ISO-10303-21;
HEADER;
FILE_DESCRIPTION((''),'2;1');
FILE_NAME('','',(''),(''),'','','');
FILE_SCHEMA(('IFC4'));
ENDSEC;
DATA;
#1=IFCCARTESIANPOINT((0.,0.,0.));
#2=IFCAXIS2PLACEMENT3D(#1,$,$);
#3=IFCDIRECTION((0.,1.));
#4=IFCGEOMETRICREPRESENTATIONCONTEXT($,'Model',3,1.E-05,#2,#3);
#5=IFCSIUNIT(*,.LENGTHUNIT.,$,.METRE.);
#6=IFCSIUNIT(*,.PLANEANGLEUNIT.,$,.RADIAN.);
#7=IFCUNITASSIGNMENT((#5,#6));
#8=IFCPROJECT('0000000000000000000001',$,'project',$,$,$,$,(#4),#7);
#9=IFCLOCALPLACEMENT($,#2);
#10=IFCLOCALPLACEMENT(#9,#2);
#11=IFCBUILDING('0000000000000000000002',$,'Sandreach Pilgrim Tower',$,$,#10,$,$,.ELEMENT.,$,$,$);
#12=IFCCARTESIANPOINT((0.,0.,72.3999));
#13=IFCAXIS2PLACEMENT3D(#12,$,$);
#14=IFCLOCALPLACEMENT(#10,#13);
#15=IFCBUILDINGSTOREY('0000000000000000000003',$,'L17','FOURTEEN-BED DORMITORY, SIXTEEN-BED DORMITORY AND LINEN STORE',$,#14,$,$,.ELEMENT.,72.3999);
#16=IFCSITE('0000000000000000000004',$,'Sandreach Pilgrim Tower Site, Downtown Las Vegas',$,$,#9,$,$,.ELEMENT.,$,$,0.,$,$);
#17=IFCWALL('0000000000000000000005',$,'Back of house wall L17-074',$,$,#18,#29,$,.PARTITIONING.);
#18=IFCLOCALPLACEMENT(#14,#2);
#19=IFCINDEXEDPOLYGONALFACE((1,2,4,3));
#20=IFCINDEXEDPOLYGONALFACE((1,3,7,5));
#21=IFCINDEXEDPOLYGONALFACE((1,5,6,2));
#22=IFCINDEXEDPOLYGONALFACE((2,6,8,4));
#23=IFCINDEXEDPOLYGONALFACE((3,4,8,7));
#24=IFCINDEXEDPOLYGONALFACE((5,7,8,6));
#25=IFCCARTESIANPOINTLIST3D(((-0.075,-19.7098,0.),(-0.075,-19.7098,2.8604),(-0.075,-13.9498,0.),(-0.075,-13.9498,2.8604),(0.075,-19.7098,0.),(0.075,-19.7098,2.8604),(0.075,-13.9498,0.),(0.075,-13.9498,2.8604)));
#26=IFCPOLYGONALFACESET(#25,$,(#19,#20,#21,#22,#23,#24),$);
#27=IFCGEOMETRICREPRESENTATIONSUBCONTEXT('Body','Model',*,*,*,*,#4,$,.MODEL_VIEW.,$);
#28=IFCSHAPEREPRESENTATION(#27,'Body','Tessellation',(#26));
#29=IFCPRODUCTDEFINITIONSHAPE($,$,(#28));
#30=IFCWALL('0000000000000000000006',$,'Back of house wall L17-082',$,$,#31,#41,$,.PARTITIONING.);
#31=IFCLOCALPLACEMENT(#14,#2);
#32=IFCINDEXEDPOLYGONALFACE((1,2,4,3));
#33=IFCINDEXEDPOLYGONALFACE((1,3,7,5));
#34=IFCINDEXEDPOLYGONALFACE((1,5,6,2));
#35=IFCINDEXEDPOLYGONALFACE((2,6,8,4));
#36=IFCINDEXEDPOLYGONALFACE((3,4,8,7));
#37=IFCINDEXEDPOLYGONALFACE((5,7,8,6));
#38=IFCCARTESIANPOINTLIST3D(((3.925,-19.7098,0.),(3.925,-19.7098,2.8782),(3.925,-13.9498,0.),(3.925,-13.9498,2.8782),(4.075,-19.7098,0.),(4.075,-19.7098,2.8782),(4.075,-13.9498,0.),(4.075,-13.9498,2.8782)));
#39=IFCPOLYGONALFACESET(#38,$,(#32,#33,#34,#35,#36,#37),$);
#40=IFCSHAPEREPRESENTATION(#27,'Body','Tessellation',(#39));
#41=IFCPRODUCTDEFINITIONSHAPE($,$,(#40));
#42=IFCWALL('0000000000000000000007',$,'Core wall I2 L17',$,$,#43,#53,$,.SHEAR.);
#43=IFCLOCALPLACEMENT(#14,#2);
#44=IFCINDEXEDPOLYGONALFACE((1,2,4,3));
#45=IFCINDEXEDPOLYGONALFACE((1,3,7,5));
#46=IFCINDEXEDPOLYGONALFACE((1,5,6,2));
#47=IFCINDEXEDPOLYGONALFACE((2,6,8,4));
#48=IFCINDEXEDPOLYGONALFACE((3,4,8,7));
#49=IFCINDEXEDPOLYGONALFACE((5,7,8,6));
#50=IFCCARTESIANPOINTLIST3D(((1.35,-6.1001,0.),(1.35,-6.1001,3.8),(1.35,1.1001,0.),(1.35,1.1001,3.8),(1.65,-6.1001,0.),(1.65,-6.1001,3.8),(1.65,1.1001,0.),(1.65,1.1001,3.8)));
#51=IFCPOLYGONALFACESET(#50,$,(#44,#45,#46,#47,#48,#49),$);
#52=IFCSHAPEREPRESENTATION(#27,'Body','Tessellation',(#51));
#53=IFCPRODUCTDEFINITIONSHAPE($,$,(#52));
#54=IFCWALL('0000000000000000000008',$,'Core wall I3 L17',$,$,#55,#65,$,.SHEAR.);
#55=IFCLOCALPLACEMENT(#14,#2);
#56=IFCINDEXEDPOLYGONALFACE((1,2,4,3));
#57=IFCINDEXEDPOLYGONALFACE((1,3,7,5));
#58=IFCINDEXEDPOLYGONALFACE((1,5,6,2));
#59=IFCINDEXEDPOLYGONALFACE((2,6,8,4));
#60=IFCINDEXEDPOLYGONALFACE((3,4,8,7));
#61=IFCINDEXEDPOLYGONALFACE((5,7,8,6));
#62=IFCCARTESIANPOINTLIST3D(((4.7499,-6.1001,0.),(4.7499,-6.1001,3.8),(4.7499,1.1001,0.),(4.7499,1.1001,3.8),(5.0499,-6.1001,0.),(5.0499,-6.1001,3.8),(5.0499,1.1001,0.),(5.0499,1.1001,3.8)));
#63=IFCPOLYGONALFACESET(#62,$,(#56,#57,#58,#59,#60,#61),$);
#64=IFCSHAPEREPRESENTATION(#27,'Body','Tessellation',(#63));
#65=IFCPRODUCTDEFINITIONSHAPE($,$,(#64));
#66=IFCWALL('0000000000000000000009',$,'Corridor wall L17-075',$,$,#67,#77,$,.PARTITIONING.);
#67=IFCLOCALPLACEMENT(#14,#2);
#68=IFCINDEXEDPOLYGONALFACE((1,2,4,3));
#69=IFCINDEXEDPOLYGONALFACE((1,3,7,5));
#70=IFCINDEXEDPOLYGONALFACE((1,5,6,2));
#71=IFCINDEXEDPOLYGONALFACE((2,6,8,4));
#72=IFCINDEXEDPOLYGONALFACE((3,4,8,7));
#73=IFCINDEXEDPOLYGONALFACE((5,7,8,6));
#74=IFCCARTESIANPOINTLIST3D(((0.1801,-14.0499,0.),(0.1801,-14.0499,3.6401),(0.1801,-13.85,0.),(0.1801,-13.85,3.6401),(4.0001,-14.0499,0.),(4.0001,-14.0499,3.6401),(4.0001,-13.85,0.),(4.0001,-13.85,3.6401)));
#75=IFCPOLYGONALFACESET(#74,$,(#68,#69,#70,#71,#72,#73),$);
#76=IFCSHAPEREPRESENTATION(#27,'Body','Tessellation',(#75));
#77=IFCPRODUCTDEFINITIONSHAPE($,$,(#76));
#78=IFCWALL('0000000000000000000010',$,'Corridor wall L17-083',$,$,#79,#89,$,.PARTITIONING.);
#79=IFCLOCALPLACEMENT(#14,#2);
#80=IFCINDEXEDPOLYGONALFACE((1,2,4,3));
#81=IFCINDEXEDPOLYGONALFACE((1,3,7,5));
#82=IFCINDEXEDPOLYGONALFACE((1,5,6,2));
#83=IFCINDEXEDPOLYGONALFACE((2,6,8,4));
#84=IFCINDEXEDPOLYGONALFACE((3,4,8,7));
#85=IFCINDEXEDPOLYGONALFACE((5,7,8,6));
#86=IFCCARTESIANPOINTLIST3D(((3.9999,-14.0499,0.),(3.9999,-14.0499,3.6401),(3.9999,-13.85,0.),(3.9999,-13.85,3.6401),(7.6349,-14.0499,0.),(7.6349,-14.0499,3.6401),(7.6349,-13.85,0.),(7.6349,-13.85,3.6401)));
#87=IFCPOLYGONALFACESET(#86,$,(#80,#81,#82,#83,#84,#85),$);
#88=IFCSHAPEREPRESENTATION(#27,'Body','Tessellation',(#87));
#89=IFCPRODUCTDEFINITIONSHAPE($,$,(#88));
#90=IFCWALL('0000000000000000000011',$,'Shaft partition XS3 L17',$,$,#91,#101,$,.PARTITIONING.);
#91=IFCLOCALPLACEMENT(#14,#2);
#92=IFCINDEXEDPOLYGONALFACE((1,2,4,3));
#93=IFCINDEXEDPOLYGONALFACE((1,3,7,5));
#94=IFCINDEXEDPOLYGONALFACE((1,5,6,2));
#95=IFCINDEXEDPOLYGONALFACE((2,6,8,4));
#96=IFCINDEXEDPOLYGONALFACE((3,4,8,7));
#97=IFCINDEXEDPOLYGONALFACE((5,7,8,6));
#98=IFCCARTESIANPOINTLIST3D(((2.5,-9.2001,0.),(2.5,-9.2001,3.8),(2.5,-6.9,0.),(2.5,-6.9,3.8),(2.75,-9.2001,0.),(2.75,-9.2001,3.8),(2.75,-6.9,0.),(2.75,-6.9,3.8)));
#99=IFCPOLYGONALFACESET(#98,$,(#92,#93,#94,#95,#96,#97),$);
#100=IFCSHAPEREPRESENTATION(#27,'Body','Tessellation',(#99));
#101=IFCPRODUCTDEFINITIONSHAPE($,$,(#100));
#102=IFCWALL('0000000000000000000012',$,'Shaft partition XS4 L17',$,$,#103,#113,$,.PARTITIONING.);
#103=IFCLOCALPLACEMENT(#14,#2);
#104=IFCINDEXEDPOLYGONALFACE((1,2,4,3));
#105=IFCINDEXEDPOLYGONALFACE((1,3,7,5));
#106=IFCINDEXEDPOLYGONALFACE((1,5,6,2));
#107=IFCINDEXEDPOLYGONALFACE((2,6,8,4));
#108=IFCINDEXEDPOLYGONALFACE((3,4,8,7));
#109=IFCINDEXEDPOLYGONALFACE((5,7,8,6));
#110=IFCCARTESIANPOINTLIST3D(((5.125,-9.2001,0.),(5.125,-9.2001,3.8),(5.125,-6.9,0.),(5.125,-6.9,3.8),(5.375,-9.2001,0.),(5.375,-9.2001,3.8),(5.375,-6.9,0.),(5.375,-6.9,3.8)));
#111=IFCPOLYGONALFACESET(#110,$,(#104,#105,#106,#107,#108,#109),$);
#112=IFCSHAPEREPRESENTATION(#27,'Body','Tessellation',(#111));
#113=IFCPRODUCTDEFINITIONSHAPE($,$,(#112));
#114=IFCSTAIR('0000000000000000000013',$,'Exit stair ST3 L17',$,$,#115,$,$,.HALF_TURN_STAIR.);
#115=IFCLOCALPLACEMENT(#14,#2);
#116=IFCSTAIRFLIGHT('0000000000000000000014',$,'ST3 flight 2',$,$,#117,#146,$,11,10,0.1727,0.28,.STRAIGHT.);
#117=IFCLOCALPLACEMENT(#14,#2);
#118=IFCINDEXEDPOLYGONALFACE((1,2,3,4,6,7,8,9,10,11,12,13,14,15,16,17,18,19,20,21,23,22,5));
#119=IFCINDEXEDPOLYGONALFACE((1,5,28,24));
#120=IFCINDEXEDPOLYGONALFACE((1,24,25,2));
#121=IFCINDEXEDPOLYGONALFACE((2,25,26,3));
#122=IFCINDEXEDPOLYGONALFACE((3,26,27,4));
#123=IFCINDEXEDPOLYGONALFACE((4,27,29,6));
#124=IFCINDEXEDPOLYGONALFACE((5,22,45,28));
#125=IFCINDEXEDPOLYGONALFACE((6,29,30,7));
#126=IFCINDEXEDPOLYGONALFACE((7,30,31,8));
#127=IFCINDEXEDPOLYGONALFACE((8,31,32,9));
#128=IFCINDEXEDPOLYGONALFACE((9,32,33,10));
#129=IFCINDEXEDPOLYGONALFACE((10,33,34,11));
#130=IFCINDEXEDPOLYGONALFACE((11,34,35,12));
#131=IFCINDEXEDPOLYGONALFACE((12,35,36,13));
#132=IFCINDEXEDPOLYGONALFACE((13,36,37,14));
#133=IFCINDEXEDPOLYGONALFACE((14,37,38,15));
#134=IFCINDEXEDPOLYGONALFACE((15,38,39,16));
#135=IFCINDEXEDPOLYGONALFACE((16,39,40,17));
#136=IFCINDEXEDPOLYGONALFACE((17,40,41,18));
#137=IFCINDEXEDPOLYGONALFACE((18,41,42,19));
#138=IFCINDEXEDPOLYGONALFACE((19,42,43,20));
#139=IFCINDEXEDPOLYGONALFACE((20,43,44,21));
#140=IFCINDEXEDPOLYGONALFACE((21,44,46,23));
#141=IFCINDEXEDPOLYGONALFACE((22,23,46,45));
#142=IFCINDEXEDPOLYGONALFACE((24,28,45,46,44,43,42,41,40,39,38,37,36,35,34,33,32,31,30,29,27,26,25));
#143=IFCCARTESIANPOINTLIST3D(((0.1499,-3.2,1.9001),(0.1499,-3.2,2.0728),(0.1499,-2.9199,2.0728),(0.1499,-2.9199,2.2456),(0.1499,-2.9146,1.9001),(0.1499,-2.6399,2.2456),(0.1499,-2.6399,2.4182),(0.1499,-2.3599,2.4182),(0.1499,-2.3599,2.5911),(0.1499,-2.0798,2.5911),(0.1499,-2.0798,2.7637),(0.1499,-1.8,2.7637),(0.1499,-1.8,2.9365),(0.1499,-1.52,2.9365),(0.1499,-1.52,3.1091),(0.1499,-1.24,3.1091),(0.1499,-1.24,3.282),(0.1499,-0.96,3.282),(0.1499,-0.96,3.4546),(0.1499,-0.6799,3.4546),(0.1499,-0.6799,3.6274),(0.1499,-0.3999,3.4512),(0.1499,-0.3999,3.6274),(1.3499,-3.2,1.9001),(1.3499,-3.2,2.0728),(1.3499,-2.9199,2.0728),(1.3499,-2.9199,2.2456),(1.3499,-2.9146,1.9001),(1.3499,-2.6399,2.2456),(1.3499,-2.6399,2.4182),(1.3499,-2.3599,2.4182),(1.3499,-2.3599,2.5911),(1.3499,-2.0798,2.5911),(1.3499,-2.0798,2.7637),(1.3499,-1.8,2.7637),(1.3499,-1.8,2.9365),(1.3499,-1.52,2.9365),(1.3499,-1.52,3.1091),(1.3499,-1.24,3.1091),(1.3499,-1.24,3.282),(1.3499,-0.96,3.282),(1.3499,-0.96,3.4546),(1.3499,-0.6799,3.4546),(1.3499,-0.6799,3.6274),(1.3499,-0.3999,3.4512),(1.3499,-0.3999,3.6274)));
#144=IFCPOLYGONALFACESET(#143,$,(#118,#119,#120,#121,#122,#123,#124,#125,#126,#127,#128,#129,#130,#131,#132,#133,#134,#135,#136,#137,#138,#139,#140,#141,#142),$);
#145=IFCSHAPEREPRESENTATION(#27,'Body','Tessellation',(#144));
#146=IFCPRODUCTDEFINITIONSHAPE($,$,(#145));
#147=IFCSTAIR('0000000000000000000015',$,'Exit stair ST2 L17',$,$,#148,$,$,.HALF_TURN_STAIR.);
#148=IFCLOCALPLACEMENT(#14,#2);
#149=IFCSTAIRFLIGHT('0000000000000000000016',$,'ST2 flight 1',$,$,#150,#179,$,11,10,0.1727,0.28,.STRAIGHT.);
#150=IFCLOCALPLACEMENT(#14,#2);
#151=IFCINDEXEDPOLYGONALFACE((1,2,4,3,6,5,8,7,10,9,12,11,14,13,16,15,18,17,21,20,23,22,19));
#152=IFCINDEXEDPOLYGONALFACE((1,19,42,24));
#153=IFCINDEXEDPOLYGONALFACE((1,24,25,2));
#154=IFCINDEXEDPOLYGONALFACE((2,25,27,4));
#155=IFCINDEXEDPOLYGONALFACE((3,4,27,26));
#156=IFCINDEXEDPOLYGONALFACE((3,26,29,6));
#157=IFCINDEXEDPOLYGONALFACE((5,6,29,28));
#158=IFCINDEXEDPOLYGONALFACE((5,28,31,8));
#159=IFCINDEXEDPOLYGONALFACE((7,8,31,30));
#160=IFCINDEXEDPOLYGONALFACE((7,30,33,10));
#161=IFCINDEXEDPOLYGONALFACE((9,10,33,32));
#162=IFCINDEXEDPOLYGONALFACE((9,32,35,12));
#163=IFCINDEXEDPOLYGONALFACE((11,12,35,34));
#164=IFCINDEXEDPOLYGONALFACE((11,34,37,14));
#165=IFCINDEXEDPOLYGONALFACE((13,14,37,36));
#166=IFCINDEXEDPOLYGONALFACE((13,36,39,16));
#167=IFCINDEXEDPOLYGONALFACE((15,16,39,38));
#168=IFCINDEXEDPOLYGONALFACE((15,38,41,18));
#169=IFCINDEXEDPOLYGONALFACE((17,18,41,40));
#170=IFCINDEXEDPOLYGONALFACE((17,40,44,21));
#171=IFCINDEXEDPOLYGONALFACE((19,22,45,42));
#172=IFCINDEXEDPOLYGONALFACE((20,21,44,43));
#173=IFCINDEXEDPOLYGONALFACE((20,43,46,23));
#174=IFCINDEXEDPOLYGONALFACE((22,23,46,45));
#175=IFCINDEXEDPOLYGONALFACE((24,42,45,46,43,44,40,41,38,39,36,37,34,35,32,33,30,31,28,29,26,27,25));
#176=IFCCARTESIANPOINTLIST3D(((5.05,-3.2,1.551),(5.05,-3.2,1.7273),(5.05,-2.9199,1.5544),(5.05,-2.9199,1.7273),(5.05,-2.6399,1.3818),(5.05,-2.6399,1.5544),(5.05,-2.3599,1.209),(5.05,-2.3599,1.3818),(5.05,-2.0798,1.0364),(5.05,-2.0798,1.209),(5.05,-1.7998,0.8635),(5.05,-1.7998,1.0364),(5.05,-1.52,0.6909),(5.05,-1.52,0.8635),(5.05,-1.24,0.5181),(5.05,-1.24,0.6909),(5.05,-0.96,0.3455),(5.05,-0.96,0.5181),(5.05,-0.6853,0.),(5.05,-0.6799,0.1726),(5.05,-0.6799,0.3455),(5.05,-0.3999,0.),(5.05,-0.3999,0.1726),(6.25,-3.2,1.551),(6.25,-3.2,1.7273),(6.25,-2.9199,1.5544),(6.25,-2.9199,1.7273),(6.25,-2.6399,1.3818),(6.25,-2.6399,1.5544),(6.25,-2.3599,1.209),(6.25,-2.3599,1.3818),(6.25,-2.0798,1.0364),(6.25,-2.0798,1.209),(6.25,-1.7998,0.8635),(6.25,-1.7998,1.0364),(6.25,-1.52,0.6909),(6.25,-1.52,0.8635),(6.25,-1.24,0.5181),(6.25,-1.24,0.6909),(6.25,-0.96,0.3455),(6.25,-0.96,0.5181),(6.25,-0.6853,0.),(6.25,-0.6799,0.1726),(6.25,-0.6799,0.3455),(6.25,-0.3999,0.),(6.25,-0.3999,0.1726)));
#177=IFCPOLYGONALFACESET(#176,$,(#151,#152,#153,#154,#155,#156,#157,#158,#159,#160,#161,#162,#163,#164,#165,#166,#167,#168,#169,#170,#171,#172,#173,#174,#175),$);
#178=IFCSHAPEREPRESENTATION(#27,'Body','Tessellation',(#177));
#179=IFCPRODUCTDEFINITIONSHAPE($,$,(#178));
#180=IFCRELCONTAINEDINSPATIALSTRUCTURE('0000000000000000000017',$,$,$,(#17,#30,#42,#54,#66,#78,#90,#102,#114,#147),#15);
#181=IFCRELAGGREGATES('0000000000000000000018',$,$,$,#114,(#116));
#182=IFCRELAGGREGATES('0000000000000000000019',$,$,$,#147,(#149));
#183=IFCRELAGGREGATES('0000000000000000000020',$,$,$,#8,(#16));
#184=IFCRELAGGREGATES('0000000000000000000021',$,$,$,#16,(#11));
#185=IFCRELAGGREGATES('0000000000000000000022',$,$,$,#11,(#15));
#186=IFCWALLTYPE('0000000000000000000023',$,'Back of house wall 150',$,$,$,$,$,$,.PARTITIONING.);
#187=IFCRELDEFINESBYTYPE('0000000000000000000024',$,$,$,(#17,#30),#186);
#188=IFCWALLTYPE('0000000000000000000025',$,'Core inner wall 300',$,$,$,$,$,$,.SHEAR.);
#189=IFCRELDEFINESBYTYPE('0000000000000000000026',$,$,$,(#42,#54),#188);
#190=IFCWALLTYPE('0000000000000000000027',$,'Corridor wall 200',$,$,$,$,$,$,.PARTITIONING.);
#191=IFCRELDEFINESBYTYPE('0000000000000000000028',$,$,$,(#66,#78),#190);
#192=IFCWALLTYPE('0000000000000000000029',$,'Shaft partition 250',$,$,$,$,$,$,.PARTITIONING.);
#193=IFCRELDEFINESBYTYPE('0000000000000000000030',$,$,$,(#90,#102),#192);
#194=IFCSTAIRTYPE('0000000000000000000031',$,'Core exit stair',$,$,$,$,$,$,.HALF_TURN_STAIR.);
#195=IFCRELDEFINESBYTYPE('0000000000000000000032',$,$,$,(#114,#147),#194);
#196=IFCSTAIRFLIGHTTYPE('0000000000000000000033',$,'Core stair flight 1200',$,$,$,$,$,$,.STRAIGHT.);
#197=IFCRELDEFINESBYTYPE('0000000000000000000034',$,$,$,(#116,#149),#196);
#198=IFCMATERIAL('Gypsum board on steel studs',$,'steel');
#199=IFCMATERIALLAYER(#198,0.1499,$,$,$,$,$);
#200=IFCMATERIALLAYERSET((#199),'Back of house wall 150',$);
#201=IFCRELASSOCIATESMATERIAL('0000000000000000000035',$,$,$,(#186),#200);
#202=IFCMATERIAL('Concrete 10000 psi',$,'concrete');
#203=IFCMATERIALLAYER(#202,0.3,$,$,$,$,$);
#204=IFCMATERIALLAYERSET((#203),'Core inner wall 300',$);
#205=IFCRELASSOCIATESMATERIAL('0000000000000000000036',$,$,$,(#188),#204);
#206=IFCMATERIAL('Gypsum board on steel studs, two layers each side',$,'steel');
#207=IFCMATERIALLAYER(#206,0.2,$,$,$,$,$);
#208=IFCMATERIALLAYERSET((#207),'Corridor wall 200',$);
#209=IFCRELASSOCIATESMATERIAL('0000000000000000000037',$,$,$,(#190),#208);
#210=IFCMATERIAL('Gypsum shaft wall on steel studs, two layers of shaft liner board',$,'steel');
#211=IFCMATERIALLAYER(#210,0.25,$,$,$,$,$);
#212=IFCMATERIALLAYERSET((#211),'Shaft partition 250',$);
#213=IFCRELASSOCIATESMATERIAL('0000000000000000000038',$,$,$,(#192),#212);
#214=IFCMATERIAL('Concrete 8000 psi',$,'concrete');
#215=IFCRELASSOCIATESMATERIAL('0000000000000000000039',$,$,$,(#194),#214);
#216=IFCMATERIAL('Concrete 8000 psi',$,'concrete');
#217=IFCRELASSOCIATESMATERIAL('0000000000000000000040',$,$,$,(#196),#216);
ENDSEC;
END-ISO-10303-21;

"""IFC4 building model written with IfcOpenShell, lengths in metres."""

from ifc_helpers import new_model, si_unit, direction, frame, frame_2d, origin, place, context, subcontext, project, spatial, polyline, rectangle, outline, extrude, material, layer, layer_set, type_object, element, aggregate, save


model = new_model("IFC4")

# Units and contexts
model_context = context("Model", 3, precision=1e-05, world=origin(), true_north=direction((0.0, 1.0)))
body_context = subcontext(model_context, "Body", "Model", "MODEL_VIEW")
ifc_project = project(units=[si_unit("LENGTHUNIT", "METRE"), si_unit("PLANEANGLEUNIT", "RADIAN")], contexts=[model_context])

# Site, building, storey
site_placement = place(None, origin())
site = spatial("IfcSite", under=ifc_project, at=site_placement, Name="Sandreach Pilgrim Tower Site, Downtown Las Vegas", CompositionType="ELEMENT", RefElevation=0.0)
building_placement = place(site_placement, origin())
building = spatial("IfcBuilding", under=site, at=building_placement, Name="Sandreach Pilgrim Tower", CompositionType="ELEMENT")
storey_placement = place(building_placement, frame((0.0, 0.0, 72.3999)))
storey = spatial("IfcBuildingStorey", under=building, at=storey_placement, Name="L17", Description="FOURTEEN-BED DORMITORY, SIXTEEN-BED DORMITORY AND LINEN STORE", CompositionType="ELEMENT", Elevation=72.3999)

# Walls
ifc_material_1 = material(Name="Gypsum board on steel studs", Category="steel")
ifc_layer_1 = layer(ifc_material_1, 0.1499)
ifc_layer_set_1 = layer_set([ifc_layer_1], Name="Back of house wall 150")
wall_type_1 = type_object("IfcWallType", Name="Back of house wall 150", PredefinedType="PARTITIONING", material=ifc_layer_set_1)
wall_1_placement = place(storey_placement, frame((0.0, -13.95, 0.0), z_axis=(0.0, 0.0, 1.0), x_axis=(0.0, -1.0, 0.0)))
element("IfcWall", 1, at=wall_1_placement, inside=storey, type_object=wall_type_1, Name="Back of house wall L17-074", PredefinedType="PARTITIONING", context=body_context, shape_type="SweptSolid", body=[
    extrude(rectangle(XDim=5.76, YDim=0.1499, at=frame_2d((2.8799, 0.0))), origin(), (0.0, 0.0, 1.0), 2.8604),
])
wall_2_placement = place(storey_placement, frame((4.0, -13.95, 0.0), z_axis=(0.0, 0.0, 1.0), x_axis=(0.0, -1.0, 0.0)))
element("IfcWall", 2, at=wall_2_placement, inside=storey, type_object=wall_type_1, Name="Back of house wall L17-082", PredefinedType="PARTITIONING", context=body_context, shape_type="SweptSolid", body=[
    extrude(rectangle(XDim=5.76, YDim=0.1499, at=frame_2d((2.8799, 0.0))), origin(), (0.0, 0.0, 1.0), 2.8782),
])
ifc_material_2 = material(Name="Concrete 10000 psi", Category="concrete")
ifc_layer_2 = layer(ifc_material_2, 0.3)
ifc_layer_set_2 = layer_set([ifc_layer_2], Name="Core inner wall 300")
wall_type_2 = type_object("IfcWallType", Name="Core inner wall 300", PredefinedType="SHEAR", material=ifc_layer_set_2)
for number, where, z_axis, x_axis, name in (
    (3, (1.5, -6.1001, 0.0), (0.0, 0.0, 1.0), (0.0, 1.0, 0.0), "Core wall I2 L17"),
    (4, (4.8999, -6.1001, 0.0), (0.0, 0.0, 1.0), (0.0, 1.0, 0.0), "Core wall I3 L17"),
):
    element("IfcWall", number, at=place(storey_placement, frame(where, z_axis=z_axis, x_axis=x_axis)), inside=storey, type_object=wall_type_2, Name=name, PredefinedType="SHEAR", context=body_context, shape_type="SweptSolid", body=[
        extrude(rectangle(XDim=7.2002, YDim=0.3, at=frame_2d((3.6001, 0.0))), origin(), (0.0, 0.0, 1.0), 3.8),
    ])

# Wall
ifc_material_3 = material(Name="Gypsum board on steel studs, two layers each side", Category="steel")
ifc_layer_3 = layer(ifc_material_3, 0.2)
ifc_layer_set_3 = layer_set([ifc_layer_3], Name="Corridor wall 200")
wall_type_3 = type_object("IfcWallType", Name="Corridor wall 200", PredefinedType="PARTITIONING", material=ifc_layer_set_3)
wall_3_placement = place(storey_placement, frame((0.1799, -13.95, 0.0), z_axis=(0.0, 0.0, 1.0), x_axis=(1.0, 0.0, 0.0)))
element("IfcWall", 5, at=wall_3_placement, inside=storey, type_object=wall_type_3, Name="Corridor wall L17-075", PredefinedType="PARTITIONING", context=body_context, shape_type="SweptSolid", body=[
    extrude(rectangle(XDim=3.8201, YDim=0.2, at=frame_2d((1.9102, 0.0))), origin(), (0.0, 0.0, 1.0), 3.6401),
])

# Walls
wall_4_placement = place(storey_placement, frame((4.0, -13.95, 0.0), z_axis=(0.0, 0.0, 1.0), x_axis=(1.0, 0.0, 0.0)))
element("IfcWall", 6, at=wall_4_placement, inside=storey, type_object=wall_type_3, Name="Corridor wall L17-083", PredefinedType="PARTITIONING", context=body_context, shape_type="SweptSolid", body=[
    extrude(rectangle(XDim=3.635, YDim=0.2, at=frame_2d((1.8174, 0.0))), origin(), (0.0, 0.0, 1.0), 3.6401),
])
ifc_material_4 = material(Name="Gypsum shaft wall on steel studs, two layers of shaft liner board", Category="steel")
ifc_layer_4 = layer(ifc_material_4, 0.25)
ifc_layer_set_4 = layer_set([ifc_layer_4], Name="Shaft partition 250")
wall_type_4 = type_object("IfcWallType", Name="Shaft partition 250", PredefinedType="PARTITIONING", material=ifc_layer_set_4)
for number, where, z_axis, x_axis, name in (
    (7, (2.625, -9.2, 0.0), (0.0, 0.0, 1.0), (0.0, 1.0, 0.0), "Shaft partition XS3 L17"),
    (8, (5.25, -9.2, 0.0), (0.0, 0.0, 1.0), (0.0, 1.0, 0.0), "Shaft partition XS4 L17"),
):
    element("IfcWall", number, at=place(storey_placement, frame(where, z_axis=z_axis, x_axis=x_axis)), inside=storey, type_object=wall_type_4, Name=name, PredefinedType="PARTITIONING", context=body_context, shape_type="SweptSolid", body=[
        extrude(rectangle(XDim=2.3, YDim=0.25, at=frame_2d((1.1499, 0.0))), origin(), (0.0, 0.0, 1.0), 3.8),
    ])

# Stairs, stair flights
ifc_material_5 = material(Name="Concrete 8000 psi", Category="concrete")
stair_type = type_object("IfcStairType", Name="Core exit stair", PredefinedType="HALF_TURN_STAIR", material=ifc_material_5)
stair_1_placement = place(storey_placement, origin())
stair_1 = element("IfcStair", 9, at=stair_1_placement, inside=storey, type_object=stair_type, Name="Exit stair ST3 L17", PredefinedType="HALF_TURN_STAIR")
ifc_material_6 = material(Name="Concrete 8000 psi", Category="concrete")
stair_flight_type = type_object("IfcStairFlightType", Name="Core stair flight 1200", PredefinedType="STRAIGHT", material=ifc_material_6)
stair_flight_1_placement = place(storey_placement, frame((0.75, -3.2, 1.9001), z_axis=(0.0, 0.0, 1.0), x_axis=(0.0, 1.0, 0.0)))
stair_flight_1 = element("IfcStairFlight", 10, at=stair_flight_1_placement, type_object=stair_flight_type, Name="ST3 flight 2", NumberOfRisers=11, NumberOfTreads=10, PredefinedType="STRAIGHT", RiserHeight=0.1727, TreadLength=0.28, context=body_context, shape_type="SweptSolid", body=[
    extrude(outline(polyline([(0.0, 0.0), (0.0, 0.1726), (0.28, 0.1726), (0.28, 0.3455), (0.5601, 0.3455), (0.5601, 0.5181), (0.8401, 0.5181), (0.8401, 0.6909), (1.1201, 0.6909), (1.1201, 0.8635), (1.3999, 0.8635), (1.3999, 1.0364), (1.6799, 1.0364), (1.6799, 1.209), (1.96, 1.209), (1.96, 1.3818), (2.24, 1.3818), (2.24, 1.5544), (2.52, 1.5544), (2.52, 1.7273), (2.8, 1.7273), (2.8, 1.8999), (2.8, 1.551), (0.2854, 0.0), (0.0, 0.0)])), frame((0.0, 0.6001, 0.0), z_axis=(0.0, -1.0, 0.0), x_axis=(1.0, 0.0, 0.0)), (0.0, 0.0, 1.0), 1.2),
])
aggregate(stair_1, [stair_flight_1])
stair_2_placement = place(storey_placement, origin())
stair_2 = element("IfcStair", 11, at=stair_2_placement, inside=storey, type_object=stair_type, Name="Exit stair ST2 L17", PredefinedType="HALF_TURN_STAIR")
stair_flight_2_placement = place(storey_placement, frame((5.6499, -0.3999, 0.0), z_axis=(0.0, 0.0, 1.0), x_axis=(0.0, -1.0, 0.0)))
stair_flight_2 = element("IfcStairFlight", 12, at=stair_flight_2_placement, type_object=stair_flight_type, Name="ST2 flight 1", NumberOfRisers=11, NumberOfTreads=10, PredefinedType="STRAIGHT", RiserHeight=0.1727, TreadLength=0.28, context=body_context, shape_type="SweptSolid", body=[
    extrude(outline(polyline([(0.0, 0.0), (0.0, 0.1726), (0.28, 0.1726), (0.28, 0.3455), (0.5601, 0.3455), (0.5601, 0.5181), (0.8401, 0.5181), (0.8401, 0.6909), (1.1201, 0.6909), (1.1201, 0.8635), (1.3999, 0.8635), (1.3999, 1.0364), (1.6799, 1.0364), (1.6799, 1.209), (1.96, 1.209), (1.96, 1.3818), (2.24, 1.3818), (2.24, 1.5544), (2.52, 1.5544), (2.52, 1.7273), (2.8, 1.7273), (2.8, 1.8999), (2.8, 1.551), (0.2854, 0.0), (0.0, 0.0)])), frame((0.0, 0.6001, 0.0), z_axis=(0.0, -1.0, 0.0), x_axis=(1.0, 0.0, 0.0)), (0.0, 0.0, 1.0), 1.2),
])
aggregate(stair_2, [stair_flight_2])

save(model, "model.ifc")
